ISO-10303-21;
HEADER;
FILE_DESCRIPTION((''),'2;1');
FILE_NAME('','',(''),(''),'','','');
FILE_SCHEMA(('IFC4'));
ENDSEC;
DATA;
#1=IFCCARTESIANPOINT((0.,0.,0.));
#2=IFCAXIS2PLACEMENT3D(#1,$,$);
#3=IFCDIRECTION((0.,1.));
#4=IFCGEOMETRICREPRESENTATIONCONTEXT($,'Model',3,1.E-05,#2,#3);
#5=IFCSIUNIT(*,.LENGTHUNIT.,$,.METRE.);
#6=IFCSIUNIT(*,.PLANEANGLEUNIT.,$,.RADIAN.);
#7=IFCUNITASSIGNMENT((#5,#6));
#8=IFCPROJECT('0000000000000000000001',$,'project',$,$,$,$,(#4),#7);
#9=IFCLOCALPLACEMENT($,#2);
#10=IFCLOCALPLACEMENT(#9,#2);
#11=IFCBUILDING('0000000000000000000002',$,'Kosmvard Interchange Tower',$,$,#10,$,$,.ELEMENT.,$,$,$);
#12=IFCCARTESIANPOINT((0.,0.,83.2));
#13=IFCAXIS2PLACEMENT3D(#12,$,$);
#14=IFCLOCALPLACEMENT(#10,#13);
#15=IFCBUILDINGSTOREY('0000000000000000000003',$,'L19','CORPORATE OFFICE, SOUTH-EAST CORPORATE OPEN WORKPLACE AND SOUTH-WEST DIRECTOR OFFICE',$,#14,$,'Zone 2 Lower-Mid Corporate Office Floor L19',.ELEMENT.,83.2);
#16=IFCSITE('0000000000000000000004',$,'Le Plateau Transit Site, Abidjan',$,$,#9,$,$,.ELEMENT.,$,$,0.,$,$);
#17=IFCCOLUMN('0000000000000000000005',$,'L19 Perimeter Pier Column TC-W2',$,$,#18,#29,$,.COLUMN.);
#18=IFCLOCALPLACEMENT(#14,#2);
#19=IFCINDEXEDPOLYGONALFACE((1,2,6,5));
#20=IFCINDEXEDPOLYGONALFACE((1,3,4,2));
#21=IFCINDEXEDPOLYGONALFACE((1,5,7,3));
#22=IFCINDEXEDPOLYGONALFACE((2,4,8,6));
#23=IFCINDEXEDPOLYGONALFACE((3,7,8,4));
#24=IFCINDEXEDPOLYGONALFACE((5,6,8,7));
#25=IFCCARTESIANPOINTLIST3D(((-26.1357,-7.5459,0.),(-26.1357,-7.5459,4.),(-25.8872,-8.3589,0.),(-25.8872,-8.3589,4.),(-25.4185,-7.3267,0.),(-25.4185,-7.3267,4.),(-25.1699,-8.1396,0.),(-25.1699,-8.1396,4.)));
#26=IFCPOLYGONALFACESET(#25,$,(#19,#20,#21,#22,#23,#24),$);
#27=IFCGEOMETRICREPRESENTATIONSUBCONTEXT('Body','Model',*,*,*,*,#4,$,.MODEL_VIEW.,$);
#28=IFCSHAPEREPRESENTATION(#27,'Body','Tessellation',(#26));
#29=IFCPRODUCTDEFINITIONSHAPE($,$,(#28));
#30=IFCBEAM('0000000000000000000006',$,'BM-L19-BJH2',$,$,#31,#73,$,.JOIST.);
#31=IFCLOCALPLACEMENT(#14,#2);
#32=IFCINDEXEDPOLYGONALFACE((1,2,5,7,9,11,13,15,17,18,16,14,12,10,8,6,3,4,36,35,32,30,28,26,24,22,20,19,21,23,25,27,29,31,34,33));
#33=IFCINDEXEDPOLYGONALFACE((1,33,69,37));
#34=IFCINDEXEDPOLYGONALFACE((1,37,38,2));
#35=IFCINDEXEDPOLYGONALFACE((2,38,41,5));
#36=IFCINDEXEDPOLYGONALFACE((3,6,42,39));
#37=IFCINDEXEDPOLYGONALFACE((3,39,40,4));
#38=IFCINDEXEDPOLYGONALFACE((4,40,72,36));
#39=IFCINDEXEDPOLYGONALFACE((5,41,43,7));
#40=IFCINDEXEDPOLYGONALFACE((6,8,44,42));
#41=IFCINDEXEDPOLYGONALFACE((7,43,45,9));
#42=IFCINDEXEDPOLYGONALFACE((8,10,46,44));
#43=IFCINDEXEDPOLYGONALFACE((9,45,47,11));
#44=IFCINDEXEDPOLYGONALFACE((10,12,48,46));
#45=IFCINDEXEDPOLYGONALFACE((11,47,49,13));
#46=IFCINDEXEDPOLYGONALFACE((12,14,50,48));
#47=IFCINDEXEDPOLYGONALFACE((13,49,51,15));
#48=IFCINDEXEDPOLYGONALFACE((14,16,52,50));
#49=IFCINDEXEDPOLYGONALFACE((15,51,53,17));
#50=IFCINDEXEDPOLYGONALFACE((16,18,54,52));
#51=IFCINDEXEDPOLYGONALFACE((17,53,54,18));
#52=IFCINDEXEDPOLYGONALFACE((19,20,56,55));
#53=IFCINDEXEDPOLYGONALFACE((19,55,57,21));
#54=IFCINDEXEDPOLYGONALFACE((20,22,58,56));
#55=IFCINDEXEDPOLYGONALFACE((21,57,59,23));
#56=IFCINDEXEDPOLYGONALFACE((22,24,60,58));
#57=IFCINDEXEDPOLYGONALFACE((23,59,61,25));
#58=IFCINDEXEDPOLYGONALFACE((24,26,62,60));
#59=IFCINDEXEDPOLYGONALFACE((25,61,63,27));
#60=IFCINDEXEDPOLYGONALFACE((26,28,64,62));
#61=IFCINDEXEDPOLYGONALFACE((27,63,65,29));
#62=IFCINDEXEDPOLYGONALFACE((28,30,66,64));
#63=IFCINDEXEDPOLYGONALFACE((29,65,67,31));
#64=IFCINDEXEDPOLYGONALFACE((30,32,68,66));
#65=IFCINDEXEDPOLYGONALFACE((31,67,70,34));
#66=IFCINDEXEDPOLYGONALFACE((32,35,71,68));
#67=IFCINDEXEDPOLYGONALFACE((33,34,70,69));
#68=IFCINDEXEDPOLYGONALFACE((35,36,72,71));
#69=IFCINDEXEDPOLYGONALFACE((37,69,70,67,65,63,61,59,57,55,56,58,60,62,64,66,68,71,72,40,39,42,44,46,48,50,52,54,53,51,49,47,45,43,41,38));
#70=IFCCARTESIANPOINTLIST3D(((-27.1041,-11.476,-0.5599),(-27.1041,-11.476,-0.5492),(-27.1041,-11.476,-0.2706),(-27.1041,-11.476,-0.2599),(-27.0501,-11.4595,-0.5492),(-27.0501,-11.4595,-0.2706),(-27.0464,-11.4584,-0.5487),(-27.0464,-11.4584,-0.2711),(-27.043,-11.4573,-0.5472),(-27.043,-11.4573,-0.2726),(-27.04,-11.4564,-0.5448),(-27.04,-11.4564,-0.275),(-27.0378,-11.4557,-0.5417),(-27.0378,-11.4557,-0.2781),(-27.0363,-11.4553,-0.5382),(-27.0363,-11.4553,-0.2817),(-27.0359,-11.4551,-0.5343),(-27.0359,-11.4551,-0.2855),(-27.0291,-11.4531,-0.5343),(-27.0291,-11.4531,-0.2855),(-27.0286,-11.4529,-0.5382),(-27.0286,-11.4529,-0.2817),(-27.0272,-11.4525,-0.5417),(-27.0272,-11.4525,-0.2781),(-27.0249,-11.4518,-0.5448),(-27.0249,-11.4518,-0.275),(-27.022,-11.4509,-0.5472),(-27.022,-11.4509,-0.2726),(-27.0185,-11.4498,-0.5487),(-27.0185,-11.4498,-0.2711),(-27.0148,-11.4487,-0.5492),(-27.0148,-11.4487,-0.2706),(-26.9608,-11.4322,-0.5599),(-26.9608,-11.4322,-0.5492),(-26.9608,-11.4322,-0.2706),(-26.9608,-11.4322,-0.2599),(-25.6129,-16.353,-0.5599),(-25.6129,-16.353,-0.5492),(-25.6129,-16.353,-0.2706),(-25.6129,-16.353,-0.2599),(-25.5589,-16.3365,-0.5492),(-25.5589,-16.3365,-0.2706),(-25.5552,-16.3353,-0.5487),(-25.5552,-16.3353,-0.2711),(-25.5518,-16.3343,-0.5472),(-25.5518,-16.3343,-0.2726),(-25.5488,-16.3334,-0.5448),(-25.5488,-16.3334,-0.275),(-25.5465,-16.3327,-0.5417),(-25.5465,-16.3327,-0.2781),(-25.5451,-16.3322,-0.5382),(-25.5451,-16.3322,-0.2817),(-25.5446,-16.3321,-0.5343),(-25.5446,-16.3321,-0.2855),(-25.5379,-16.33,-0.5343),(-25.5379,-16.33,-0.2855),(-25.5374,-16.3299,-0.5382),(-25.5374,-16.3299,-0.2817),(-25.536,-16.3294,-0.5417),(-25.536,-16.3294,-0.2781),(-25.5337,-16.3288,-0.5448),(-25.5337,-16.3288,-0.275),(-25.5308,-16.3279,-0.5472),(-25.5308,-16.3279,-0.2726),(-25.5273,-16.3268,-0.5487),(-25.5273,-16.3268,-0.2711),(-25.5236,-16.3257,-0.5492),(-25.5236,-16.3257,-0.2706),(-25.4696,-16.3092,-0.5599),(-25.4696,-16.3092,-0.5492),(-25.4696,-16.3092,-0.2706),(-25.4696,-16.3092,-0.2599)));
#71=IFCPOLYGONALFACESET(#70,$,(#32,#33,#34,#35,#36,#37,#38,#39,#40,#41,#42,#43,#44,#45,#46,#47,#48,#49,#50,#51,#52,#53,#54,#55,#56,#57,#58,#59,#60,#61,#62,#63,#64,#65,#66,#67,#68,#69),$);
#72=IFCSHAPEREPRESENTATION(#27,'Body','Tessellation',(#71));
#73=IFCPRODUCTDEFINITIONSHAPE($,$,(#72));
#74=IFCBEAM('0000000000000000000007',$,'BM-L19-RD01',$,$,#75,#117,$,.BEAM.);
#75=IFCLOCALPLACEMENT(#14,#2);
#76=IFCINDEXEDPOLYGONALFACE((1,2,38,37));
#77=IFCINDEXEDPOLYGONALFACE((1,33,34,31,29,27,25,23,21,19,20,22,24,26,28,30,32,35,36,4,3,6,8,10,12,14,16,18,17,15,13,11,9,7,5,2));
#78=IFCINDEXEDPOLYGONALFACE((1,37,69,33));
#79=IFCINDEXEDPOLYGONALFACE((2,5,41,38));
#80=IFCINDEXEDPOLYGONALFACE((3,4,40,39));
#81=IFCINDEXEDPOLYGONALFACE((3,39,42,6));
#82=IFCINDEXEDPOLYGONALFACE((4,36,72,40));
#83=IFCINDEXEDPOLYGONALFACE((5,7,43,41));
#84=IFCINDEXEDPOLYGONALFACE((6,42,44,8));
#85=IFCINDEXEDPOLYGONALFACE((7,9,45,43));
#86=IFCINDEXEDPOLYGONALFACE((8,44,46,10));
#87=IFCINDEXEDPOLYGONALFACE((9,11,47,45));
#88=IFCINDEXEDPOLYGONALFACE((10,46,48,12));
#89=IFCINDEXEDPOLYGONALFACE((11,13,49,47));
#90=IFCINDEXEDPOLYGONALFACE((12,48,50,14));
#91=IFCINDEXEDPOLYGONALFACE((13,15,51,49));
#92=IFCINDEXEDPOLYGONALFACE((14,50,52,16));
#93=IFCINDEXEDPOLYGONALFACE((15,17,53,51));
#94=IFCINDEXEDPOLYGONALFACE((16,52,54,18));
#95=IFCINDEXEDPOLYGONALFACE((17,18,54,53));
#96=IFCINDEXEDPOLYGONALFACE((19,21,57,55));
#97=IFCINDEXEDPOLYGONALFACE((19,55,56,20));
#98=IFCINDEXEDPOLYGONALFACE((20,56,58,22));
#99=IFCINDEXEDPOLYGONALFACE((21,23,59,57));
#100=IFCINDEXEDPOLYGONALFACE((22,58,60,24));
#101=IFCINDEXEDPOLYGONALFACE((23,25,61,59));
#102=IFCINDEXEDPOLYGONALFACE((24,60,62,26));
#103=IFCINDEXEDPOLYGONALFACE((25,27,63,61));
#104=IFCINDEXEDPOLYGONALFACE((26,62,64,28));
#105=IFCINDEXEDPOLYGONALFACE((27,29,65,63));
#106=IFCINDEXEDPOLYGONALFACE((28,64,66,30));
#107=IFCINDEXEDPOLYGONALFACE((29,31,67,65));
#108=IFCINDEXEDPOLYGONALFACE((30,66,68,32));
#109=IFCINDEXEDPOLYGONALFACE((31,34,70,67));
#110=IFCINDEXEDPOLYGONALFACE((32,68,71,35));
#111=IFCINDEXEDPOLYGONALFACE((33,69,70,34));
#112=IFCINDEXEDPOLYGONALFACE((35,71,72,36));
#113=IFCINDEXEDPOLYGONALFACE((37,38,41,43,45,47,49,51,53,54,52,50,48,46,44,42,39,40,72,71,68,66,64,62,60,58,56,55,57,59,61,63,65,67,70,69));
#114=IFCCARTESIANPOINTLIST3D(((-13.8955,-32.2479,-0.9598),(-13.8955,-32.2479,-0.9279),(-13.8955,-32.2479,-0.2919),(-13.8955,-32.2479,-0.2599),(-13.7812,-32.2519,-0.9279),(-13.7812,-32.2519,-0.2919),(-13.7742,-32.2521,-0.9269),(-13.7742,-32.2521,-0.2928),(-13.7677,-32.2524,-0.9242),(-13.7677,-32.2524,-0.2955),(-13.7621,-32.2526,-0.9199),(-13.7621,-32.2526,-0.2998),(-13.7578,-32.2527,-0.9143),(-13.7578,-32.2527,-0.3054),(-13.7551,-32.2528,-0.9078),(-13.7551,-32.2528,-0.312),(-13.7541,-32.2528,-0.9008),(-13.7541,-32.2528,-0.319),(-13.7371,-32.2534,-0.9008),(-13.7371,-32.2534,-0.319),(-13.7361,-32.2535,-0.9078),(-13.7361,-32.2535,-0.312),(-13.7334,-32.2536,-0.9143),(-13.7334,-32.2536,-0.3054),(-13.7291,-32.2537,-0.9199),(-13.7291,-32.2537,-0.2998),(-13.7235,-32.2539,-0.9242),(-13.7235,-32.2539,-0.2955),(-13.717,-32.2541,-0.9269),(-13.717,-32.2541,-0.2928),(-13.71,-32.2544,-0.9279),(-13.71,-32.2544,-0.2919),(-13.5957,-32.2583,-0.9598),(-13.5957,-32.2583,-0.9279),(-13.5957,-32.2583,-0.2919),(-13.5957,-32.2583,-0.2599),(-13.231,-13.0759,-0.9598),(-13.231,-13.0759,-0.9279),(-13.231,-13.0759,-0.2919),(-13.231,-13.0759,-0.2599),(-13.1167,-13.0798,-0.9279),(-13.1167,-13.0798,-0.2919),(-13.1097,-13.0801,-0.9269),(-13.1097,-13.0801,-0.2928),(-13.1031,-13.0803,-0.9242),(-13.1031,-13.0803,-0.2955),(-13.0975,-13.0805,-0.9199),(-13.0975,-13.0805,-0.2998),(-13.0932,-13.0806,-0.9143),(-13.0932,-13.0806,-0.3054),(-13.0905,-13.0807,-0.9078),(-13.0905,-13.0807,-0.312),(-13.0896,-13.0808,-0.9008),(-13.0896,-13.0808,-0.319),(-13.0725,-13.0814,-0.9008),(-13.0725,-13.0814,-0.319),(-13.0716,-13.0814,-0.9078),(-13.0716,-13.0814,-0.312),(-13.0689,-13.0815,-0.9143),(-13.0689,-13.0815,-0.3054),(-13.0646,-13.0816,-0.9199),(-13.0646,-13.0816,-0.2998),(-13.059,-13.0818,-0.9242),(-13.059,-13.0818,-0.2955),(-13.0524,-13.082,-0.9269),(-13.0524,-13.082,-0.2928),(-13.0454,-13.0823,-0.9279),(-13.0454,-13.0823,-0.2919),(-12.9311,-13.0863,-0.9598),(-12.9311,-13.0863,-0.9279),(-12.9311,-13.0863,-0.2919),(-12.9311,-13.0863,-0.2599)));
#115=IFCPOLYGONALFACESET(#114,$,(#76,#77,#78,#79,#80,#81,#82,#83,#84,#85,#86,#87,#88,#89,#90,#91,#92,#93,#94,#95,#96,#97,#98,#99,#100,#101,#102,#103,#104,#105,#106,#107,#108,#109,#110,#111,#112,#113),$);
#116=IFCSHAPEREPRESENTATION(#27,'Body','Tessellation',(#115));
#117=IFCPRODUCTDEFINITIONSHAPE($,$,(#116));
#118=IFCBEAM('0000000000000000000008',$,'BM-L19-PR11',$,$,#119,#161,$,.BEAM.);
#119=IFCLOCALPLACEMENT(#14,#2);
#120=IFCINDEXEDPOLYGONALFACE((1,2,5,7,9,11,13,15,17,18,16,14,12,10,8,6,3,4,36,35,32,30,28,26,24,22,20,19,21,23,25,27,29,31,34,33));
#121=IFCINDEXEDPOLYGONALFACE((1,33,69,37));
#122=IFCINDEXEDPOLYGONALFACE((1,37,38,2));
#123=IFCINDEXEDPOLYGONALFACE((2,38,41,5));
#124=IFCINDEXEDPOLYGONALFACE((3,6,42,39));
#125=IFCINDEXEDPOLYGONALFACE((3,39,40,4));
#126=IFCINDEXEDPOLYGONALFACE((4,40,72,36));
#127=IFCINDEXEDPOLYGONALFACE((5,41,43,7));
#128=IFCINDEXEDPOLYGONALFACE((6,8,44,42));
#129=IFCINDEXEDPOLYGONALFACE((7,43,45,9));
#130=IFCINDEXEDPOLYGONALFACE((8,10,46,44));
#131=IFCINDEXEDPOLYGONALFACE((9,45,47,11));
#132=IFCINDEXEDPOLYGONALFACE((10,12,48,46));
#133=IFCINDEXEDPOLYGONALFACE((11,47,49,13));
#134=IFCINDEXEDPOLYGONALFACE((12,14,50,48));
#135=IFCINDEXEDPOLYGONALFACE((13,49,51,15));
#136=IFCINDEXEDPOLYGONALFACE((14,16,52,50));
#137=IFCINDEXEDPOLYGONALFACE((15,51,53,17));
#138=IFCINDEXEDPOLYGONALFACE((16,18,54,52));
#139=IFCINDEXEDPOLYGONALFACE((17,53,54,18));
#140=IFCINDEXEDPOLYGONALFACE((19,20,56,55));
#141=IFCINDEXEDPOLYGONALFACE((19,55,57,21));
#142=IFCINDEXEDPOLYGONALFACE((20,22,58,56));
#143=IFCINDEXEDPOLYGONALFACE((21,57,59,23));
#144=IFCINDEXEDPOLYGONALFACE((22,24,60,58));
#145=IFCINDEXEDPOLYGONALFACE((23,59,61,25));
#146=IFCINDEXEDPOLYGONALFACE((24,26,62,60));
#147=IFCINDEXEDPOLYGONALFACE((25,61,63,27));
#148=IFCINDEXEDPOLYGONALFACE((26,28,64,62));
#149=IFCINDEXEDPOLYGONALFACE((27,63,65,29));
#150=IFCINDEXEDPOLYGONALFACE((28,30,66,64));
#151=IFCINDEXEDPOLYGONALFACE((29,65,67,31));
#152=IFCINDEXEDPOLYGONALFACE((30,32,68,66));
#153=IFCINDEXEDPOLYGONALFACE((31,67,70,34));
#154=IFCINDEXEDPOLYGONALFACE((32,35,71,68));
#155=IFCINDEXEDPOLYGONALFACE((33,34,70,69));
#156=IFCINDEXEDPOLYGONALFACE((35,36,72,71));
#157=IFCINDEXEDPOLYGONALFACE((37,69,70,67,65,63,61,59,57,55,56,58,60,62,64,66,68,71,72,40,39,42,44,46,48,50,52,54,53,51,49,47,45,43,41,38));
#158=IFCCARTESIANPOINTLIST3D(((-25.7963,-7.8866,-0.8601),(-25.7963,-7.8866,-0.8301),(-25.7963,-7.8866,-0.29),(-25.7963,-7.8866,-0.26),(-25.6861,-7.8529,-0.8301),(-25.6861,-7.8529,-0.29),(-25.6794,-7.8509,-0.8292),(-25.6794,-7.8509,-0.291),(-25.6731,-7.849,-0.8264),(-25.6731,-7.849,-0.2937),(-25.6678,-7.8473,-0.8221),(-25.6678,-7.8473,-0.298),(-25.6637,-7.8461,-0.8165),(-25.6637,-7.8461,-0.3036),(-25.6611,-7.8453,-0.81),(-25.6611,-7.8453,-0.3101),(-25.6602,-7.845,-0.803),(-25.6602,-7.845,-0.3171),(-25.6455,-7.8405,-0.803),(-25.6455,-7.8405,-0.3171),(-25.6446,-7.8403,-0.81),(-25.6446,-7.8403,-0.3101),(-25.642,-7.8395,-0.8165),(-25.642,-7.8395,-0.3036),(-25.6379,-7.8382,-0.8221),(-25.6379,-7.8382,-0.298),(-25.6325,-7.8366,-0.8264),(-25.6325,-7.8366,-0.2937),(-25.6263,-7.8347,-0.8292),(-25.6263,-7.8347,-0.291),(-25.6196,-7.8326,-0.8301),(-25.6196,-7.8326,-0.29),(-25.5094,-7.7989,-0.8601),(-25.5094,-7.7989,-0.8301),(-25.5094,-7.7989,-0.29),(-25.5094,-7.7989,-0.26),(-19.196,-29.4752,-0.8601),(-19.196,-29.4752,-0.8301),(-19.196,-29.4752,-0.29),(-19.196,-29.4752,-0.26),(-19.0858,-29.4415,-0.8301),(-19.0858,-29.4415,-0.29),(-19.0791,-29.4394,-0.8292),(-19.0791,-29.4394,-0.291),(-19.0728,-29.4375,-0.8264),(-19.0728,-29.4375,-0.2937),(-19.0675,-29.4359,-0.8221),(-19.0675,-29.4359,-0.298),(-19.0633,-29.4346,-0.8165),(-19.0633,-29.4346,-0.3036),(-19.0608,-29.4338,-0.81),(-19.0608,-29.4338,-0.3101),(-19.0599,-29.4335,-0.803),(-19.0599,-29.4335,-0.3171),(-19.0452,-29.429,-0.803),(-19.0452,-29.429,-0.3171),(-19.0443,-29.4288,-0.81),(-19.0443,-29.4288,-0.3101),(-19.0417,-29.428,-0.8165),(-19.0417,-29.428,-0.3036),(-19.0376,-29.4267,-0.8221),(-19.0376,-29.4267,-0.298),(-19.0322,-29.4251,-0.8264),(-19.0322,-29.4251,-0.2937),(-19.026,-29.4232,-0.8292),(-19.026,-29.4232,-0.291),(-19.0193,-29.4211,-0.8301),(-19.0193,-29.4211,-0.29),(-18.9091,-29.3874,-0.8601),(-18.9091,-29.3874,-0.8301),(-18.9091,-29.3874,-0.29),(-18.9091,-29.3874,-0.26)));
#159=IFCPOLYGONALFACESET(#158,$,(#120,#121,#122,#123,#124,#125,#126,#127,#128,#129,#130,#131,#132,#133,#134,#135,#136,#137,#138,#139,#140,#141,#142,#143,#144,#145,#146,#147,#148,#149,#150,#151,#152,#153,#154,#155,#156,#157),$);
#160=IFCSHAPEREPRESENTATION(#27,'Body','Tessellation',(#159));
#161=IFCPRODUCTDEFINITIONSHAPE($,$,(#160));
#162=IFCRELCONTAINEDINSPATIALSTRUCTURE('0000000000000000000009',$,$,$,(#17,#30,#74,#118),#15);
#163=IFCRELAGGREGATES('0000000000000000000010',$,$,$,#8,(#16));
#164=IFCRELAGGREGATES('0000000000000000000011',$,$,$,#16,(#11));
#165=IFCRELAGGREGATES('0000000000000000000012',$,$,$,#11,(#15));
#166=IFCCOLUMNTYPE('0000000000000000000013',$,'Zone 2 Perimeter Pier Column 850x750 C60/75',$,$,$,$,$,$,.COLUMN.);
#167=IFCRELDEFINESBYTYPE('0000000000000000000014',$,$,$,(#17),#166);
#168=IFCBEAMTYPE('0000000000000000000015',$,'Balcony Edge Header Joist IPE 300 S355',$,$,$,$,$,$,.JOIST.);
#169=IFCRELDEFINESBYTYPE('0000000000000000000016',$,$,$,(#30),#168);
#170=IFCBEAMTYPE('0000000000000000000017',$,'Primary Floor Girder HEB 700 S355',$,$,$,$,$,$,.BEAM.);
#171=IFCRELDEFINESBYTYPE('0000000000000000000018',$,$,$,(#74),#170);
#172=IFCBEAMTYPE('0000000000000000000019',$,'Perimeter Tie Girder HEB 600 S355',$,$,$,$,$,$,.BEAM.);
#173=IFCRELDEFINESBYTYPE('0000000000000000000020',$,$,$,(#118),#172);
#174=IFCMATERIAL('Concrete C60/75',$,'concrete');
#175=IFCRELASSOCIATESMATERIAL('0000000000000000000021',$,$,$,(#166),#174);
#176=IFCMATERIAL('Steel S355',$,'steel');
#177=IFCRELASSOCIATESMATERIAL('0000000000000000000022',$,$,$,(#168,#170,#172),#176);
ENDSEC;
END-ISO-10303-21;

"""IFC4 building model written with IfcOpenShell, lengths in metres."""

from ifc_helpers import new_model, si_unit, direction, frame, origin, origin_2d, place, context, subcontext, project, spatial, rectangle, i_section, extrude, source, transform, mapped, material, material_profile, profile_set, type_object, element, save


model = new_model("IFC4")

# Units and contexts
model_context = context("Model", 3, precision=1e-05, world=origin(), true_north=direction((0.0, 1.0)))
body_context = subcontext(model_context, "Body", "Model", "MODEL_VIEW")
ifc_project = project(units=[si_unit("LENGTHUNIT", "METRE"), si_unit("PLANEANGLEUNIT", "RADIAN")], contexts=[model_context])

# Site, building, storey
site_placement = place(None, origin())
site = spatial("IfcSite", under=ifc_project, at=site_placement, Name="Le Plateau Transit Site, Abidjan", CompositionType="ELEMENT", RefElevation=0.0)
building_placement = place(site_placement, origin())
building = spatial("IfcBuilding", under=site, at=building_placement, Name="Kosmvard Interchange Tower", CompositionType="ELEMENT")
storey_placement = place(building_placement, frame((0.0, 0.0, 83.2)))
storey = spatial("IfcBuildingStorey", under=building, at=storey_placement, Name="L19", Description="CORPORATE OFFICE, SOUTH-EAST CORPORATE OPEN WORKPLACE AND SOUTH-WEST DIRECTOR OFFICE", LongName="Zone 2 Lower-Mid Corporate Office Floor L19", CompositionType="ELEMENT", Elevation=83.2)

# Column
ifc_material_1 = material(Name="Concrete C60/75", Category="concrete")
ifc_material_profile_1 = material_profile(ifc_material_1, rectangle(XDim=0.75, YDim=0.8501, at=origin_2d()), Name="TC 850x750")
ifc_profile_set_1 = profile_set([ifc_material_profile_1], Name="Concrete C60/75")
column_type = type_object("IfcColumnType", Name="Zone 2 Perimeter Pier Column 850x750 C60/75", PredefinedType="COLUMN", material=ifc_profile_set_1)
shared_shape_1 = source(origin(), body_context, "Body", "SweptSolid", [
    extrude(rectangle(XDim=0.75, YDim=0.8501, at=origin_2d()), origin(), (0.0, 0.0, 1.0), 4.0),
])
column_placement = place(storey_placement, frame((-25.6528, -7.8428, 0.0), z_axis=(0.0, 0.0, 1.0), x_axis=(0.956305, 0.292372, 0.0)))
element("IfcColumn", 1, at=column_placement, inside=storey, type_object=column_type, Name="L19 Perimeter Pier Column TC-W2", PredefinedType="COLUMN", context=body_context, shape_type="MappedRepresentation", body=[
    mapped(shared_shape_1, transform((0.0, 0.0, 0.0), scale=1.0)),
])

# Beams
ifc_material_2 = material(Name="Steel S355", Category="steel")
ifc_material_profile_2 = material_profile(ifc_material_2, i_section(OverallWidth=0.1499, OverallDepth=0.3, WebThickness=0.0071, FlangeThickness=0.0107, FilletRadius=0.0149, at=origin_2d()), Name="IPE 300")
ifc_profile_set_2 = profile_set([ifc_material_profile_2], Name="Steel S355")
beam_type_1 = type_object("IfcBeamType", Name="Balcony Edge Header Joist IPE 300 S355", PredefinedType="JOIST", material=ifc_profile_set_2)
shared_shape_2 = source(origin(), body_context, "Body", "SweptSolid", [
    extrude(i_section(OverallWidth=0.1499, OverallDepth=0.3, WebThickness=0.0071, FlangeThickness=0.0107, FilletRadius=0.0149, at=origin_2d()), origin(), (0.0, 0.0, 1.0), 5.0999),
])
beam_1_placement = place(storey_placement, frame((-27.0325, -11.4541, -0.4099), z_axis=(0.292403, -0.956295, 0.0), x_axis=(0.956295, 0.292403, 0.0)))
element("IfcBeam", 2, at=beam_1_placement, inside=storey, type_object=beam_type_1, Name="BM-L19-BJH2", PredefinedType="JOIST", context=body_context, shape_type="MappedRepresentation", body=[
    mapped(shared_shape_2, transform((0.0, 0.0, 0.0), scale=1.0)),
])
ifc_material_profile_3 = material_profile(ifc_material_2, i_section(OverallWidth=0.3, OverallDepth=0.7, WebThickness=0.0171, FlangeThickness=0.032, FilletRadius=0.0271, at=origin_2d()), Name="HEB 700")
ifc_profile_set_3 = profile_set([ifc_material_profile_3], Name="Steel S355")
beam_type_2 = type_object("IfcBeamType", Name="Primary Floor Girder HEB 700 S355", PredefinedType="BEAM", material=ifc_profile_set_3)
shared_shape_3 = source(origin(), body_context, "Body", "SweptSolid", [
    extrude(i_section(OverallWidth=0.3, OverallDepth=0.7, WebThickness=0.0171, FlangeThickness=0.032, FilletRadius=0.0271, at=origin_2d()), origin(), (0.0, 0.0, 1.0), 19.1836),
])
beam_2_placement = place(storey_placement, frame((-13.0811, -13.0811, -0.6099), z_axis=(-0.034642, -0.9994, 0.0), x_axis=(0.9994, -0.034642, 0.0)))
element("IfcBeam", 3, at=beam_2_placement, inside=storey, type_object=beam_type_2, Name="BM-L19-RD01", PredefinedType="BEAM", context=body_context, shape_type="MappedRepresentation", body=[
    mapped(shared_shape_3, transform((0.0, 0.0, 0.0), scale=1.0)),
])
ifc_material_profile_4 = material_profile(ifc_material_2, i_section(OverallWidth=0.3, OverallDepth=0.6001, WebThickness=0.0154, FlangeThickness=0.03, FilletRadius=0.0271, at=origin_2d()), Name="HEB 600")
ifc_profile_set_4 = profile_set([ifc_material_profile_4], Name="Steel S355")
beam_type_3 = type_object("IfcBeamType", Name="Perimeter Tie Girder HEB 600 S355", PredefinedType="BEAM", material=ifc_profile_set_4)
shared_shape_4 = source(origin(), body_context, "Body", "SweptSolid", [
    extrude(i_section(OverallWidth=0.3, OverallDepth=0.6001, WebThickness=0.0154, FlangeThickness=0.03, FilletRadius=0.0271, at=origin_2d()), origin(), (0.0, 0.0, 1.0), 22.575),
])
beam_3_placement = place(storey_placement, frame((-25.6528, -7.8428, -0.5601), z_axis=(0.292373, -0.956304, 0.0), x_axis=(0.956304, 0.292373, 0.0)))
element("IfcBeam", 4, at=beam_3_placement, inside=storey, type_object=beam_type_3, Name="BM-L19-PR11", PredefinedType="BEAM", context=body_context, shape_type="MappedRepresentation", body=[
    mapped(shared_shape_4, transform((0.0, 0.0, 0.0), scale=1.0)),
])

save(model, "model.ifc")
